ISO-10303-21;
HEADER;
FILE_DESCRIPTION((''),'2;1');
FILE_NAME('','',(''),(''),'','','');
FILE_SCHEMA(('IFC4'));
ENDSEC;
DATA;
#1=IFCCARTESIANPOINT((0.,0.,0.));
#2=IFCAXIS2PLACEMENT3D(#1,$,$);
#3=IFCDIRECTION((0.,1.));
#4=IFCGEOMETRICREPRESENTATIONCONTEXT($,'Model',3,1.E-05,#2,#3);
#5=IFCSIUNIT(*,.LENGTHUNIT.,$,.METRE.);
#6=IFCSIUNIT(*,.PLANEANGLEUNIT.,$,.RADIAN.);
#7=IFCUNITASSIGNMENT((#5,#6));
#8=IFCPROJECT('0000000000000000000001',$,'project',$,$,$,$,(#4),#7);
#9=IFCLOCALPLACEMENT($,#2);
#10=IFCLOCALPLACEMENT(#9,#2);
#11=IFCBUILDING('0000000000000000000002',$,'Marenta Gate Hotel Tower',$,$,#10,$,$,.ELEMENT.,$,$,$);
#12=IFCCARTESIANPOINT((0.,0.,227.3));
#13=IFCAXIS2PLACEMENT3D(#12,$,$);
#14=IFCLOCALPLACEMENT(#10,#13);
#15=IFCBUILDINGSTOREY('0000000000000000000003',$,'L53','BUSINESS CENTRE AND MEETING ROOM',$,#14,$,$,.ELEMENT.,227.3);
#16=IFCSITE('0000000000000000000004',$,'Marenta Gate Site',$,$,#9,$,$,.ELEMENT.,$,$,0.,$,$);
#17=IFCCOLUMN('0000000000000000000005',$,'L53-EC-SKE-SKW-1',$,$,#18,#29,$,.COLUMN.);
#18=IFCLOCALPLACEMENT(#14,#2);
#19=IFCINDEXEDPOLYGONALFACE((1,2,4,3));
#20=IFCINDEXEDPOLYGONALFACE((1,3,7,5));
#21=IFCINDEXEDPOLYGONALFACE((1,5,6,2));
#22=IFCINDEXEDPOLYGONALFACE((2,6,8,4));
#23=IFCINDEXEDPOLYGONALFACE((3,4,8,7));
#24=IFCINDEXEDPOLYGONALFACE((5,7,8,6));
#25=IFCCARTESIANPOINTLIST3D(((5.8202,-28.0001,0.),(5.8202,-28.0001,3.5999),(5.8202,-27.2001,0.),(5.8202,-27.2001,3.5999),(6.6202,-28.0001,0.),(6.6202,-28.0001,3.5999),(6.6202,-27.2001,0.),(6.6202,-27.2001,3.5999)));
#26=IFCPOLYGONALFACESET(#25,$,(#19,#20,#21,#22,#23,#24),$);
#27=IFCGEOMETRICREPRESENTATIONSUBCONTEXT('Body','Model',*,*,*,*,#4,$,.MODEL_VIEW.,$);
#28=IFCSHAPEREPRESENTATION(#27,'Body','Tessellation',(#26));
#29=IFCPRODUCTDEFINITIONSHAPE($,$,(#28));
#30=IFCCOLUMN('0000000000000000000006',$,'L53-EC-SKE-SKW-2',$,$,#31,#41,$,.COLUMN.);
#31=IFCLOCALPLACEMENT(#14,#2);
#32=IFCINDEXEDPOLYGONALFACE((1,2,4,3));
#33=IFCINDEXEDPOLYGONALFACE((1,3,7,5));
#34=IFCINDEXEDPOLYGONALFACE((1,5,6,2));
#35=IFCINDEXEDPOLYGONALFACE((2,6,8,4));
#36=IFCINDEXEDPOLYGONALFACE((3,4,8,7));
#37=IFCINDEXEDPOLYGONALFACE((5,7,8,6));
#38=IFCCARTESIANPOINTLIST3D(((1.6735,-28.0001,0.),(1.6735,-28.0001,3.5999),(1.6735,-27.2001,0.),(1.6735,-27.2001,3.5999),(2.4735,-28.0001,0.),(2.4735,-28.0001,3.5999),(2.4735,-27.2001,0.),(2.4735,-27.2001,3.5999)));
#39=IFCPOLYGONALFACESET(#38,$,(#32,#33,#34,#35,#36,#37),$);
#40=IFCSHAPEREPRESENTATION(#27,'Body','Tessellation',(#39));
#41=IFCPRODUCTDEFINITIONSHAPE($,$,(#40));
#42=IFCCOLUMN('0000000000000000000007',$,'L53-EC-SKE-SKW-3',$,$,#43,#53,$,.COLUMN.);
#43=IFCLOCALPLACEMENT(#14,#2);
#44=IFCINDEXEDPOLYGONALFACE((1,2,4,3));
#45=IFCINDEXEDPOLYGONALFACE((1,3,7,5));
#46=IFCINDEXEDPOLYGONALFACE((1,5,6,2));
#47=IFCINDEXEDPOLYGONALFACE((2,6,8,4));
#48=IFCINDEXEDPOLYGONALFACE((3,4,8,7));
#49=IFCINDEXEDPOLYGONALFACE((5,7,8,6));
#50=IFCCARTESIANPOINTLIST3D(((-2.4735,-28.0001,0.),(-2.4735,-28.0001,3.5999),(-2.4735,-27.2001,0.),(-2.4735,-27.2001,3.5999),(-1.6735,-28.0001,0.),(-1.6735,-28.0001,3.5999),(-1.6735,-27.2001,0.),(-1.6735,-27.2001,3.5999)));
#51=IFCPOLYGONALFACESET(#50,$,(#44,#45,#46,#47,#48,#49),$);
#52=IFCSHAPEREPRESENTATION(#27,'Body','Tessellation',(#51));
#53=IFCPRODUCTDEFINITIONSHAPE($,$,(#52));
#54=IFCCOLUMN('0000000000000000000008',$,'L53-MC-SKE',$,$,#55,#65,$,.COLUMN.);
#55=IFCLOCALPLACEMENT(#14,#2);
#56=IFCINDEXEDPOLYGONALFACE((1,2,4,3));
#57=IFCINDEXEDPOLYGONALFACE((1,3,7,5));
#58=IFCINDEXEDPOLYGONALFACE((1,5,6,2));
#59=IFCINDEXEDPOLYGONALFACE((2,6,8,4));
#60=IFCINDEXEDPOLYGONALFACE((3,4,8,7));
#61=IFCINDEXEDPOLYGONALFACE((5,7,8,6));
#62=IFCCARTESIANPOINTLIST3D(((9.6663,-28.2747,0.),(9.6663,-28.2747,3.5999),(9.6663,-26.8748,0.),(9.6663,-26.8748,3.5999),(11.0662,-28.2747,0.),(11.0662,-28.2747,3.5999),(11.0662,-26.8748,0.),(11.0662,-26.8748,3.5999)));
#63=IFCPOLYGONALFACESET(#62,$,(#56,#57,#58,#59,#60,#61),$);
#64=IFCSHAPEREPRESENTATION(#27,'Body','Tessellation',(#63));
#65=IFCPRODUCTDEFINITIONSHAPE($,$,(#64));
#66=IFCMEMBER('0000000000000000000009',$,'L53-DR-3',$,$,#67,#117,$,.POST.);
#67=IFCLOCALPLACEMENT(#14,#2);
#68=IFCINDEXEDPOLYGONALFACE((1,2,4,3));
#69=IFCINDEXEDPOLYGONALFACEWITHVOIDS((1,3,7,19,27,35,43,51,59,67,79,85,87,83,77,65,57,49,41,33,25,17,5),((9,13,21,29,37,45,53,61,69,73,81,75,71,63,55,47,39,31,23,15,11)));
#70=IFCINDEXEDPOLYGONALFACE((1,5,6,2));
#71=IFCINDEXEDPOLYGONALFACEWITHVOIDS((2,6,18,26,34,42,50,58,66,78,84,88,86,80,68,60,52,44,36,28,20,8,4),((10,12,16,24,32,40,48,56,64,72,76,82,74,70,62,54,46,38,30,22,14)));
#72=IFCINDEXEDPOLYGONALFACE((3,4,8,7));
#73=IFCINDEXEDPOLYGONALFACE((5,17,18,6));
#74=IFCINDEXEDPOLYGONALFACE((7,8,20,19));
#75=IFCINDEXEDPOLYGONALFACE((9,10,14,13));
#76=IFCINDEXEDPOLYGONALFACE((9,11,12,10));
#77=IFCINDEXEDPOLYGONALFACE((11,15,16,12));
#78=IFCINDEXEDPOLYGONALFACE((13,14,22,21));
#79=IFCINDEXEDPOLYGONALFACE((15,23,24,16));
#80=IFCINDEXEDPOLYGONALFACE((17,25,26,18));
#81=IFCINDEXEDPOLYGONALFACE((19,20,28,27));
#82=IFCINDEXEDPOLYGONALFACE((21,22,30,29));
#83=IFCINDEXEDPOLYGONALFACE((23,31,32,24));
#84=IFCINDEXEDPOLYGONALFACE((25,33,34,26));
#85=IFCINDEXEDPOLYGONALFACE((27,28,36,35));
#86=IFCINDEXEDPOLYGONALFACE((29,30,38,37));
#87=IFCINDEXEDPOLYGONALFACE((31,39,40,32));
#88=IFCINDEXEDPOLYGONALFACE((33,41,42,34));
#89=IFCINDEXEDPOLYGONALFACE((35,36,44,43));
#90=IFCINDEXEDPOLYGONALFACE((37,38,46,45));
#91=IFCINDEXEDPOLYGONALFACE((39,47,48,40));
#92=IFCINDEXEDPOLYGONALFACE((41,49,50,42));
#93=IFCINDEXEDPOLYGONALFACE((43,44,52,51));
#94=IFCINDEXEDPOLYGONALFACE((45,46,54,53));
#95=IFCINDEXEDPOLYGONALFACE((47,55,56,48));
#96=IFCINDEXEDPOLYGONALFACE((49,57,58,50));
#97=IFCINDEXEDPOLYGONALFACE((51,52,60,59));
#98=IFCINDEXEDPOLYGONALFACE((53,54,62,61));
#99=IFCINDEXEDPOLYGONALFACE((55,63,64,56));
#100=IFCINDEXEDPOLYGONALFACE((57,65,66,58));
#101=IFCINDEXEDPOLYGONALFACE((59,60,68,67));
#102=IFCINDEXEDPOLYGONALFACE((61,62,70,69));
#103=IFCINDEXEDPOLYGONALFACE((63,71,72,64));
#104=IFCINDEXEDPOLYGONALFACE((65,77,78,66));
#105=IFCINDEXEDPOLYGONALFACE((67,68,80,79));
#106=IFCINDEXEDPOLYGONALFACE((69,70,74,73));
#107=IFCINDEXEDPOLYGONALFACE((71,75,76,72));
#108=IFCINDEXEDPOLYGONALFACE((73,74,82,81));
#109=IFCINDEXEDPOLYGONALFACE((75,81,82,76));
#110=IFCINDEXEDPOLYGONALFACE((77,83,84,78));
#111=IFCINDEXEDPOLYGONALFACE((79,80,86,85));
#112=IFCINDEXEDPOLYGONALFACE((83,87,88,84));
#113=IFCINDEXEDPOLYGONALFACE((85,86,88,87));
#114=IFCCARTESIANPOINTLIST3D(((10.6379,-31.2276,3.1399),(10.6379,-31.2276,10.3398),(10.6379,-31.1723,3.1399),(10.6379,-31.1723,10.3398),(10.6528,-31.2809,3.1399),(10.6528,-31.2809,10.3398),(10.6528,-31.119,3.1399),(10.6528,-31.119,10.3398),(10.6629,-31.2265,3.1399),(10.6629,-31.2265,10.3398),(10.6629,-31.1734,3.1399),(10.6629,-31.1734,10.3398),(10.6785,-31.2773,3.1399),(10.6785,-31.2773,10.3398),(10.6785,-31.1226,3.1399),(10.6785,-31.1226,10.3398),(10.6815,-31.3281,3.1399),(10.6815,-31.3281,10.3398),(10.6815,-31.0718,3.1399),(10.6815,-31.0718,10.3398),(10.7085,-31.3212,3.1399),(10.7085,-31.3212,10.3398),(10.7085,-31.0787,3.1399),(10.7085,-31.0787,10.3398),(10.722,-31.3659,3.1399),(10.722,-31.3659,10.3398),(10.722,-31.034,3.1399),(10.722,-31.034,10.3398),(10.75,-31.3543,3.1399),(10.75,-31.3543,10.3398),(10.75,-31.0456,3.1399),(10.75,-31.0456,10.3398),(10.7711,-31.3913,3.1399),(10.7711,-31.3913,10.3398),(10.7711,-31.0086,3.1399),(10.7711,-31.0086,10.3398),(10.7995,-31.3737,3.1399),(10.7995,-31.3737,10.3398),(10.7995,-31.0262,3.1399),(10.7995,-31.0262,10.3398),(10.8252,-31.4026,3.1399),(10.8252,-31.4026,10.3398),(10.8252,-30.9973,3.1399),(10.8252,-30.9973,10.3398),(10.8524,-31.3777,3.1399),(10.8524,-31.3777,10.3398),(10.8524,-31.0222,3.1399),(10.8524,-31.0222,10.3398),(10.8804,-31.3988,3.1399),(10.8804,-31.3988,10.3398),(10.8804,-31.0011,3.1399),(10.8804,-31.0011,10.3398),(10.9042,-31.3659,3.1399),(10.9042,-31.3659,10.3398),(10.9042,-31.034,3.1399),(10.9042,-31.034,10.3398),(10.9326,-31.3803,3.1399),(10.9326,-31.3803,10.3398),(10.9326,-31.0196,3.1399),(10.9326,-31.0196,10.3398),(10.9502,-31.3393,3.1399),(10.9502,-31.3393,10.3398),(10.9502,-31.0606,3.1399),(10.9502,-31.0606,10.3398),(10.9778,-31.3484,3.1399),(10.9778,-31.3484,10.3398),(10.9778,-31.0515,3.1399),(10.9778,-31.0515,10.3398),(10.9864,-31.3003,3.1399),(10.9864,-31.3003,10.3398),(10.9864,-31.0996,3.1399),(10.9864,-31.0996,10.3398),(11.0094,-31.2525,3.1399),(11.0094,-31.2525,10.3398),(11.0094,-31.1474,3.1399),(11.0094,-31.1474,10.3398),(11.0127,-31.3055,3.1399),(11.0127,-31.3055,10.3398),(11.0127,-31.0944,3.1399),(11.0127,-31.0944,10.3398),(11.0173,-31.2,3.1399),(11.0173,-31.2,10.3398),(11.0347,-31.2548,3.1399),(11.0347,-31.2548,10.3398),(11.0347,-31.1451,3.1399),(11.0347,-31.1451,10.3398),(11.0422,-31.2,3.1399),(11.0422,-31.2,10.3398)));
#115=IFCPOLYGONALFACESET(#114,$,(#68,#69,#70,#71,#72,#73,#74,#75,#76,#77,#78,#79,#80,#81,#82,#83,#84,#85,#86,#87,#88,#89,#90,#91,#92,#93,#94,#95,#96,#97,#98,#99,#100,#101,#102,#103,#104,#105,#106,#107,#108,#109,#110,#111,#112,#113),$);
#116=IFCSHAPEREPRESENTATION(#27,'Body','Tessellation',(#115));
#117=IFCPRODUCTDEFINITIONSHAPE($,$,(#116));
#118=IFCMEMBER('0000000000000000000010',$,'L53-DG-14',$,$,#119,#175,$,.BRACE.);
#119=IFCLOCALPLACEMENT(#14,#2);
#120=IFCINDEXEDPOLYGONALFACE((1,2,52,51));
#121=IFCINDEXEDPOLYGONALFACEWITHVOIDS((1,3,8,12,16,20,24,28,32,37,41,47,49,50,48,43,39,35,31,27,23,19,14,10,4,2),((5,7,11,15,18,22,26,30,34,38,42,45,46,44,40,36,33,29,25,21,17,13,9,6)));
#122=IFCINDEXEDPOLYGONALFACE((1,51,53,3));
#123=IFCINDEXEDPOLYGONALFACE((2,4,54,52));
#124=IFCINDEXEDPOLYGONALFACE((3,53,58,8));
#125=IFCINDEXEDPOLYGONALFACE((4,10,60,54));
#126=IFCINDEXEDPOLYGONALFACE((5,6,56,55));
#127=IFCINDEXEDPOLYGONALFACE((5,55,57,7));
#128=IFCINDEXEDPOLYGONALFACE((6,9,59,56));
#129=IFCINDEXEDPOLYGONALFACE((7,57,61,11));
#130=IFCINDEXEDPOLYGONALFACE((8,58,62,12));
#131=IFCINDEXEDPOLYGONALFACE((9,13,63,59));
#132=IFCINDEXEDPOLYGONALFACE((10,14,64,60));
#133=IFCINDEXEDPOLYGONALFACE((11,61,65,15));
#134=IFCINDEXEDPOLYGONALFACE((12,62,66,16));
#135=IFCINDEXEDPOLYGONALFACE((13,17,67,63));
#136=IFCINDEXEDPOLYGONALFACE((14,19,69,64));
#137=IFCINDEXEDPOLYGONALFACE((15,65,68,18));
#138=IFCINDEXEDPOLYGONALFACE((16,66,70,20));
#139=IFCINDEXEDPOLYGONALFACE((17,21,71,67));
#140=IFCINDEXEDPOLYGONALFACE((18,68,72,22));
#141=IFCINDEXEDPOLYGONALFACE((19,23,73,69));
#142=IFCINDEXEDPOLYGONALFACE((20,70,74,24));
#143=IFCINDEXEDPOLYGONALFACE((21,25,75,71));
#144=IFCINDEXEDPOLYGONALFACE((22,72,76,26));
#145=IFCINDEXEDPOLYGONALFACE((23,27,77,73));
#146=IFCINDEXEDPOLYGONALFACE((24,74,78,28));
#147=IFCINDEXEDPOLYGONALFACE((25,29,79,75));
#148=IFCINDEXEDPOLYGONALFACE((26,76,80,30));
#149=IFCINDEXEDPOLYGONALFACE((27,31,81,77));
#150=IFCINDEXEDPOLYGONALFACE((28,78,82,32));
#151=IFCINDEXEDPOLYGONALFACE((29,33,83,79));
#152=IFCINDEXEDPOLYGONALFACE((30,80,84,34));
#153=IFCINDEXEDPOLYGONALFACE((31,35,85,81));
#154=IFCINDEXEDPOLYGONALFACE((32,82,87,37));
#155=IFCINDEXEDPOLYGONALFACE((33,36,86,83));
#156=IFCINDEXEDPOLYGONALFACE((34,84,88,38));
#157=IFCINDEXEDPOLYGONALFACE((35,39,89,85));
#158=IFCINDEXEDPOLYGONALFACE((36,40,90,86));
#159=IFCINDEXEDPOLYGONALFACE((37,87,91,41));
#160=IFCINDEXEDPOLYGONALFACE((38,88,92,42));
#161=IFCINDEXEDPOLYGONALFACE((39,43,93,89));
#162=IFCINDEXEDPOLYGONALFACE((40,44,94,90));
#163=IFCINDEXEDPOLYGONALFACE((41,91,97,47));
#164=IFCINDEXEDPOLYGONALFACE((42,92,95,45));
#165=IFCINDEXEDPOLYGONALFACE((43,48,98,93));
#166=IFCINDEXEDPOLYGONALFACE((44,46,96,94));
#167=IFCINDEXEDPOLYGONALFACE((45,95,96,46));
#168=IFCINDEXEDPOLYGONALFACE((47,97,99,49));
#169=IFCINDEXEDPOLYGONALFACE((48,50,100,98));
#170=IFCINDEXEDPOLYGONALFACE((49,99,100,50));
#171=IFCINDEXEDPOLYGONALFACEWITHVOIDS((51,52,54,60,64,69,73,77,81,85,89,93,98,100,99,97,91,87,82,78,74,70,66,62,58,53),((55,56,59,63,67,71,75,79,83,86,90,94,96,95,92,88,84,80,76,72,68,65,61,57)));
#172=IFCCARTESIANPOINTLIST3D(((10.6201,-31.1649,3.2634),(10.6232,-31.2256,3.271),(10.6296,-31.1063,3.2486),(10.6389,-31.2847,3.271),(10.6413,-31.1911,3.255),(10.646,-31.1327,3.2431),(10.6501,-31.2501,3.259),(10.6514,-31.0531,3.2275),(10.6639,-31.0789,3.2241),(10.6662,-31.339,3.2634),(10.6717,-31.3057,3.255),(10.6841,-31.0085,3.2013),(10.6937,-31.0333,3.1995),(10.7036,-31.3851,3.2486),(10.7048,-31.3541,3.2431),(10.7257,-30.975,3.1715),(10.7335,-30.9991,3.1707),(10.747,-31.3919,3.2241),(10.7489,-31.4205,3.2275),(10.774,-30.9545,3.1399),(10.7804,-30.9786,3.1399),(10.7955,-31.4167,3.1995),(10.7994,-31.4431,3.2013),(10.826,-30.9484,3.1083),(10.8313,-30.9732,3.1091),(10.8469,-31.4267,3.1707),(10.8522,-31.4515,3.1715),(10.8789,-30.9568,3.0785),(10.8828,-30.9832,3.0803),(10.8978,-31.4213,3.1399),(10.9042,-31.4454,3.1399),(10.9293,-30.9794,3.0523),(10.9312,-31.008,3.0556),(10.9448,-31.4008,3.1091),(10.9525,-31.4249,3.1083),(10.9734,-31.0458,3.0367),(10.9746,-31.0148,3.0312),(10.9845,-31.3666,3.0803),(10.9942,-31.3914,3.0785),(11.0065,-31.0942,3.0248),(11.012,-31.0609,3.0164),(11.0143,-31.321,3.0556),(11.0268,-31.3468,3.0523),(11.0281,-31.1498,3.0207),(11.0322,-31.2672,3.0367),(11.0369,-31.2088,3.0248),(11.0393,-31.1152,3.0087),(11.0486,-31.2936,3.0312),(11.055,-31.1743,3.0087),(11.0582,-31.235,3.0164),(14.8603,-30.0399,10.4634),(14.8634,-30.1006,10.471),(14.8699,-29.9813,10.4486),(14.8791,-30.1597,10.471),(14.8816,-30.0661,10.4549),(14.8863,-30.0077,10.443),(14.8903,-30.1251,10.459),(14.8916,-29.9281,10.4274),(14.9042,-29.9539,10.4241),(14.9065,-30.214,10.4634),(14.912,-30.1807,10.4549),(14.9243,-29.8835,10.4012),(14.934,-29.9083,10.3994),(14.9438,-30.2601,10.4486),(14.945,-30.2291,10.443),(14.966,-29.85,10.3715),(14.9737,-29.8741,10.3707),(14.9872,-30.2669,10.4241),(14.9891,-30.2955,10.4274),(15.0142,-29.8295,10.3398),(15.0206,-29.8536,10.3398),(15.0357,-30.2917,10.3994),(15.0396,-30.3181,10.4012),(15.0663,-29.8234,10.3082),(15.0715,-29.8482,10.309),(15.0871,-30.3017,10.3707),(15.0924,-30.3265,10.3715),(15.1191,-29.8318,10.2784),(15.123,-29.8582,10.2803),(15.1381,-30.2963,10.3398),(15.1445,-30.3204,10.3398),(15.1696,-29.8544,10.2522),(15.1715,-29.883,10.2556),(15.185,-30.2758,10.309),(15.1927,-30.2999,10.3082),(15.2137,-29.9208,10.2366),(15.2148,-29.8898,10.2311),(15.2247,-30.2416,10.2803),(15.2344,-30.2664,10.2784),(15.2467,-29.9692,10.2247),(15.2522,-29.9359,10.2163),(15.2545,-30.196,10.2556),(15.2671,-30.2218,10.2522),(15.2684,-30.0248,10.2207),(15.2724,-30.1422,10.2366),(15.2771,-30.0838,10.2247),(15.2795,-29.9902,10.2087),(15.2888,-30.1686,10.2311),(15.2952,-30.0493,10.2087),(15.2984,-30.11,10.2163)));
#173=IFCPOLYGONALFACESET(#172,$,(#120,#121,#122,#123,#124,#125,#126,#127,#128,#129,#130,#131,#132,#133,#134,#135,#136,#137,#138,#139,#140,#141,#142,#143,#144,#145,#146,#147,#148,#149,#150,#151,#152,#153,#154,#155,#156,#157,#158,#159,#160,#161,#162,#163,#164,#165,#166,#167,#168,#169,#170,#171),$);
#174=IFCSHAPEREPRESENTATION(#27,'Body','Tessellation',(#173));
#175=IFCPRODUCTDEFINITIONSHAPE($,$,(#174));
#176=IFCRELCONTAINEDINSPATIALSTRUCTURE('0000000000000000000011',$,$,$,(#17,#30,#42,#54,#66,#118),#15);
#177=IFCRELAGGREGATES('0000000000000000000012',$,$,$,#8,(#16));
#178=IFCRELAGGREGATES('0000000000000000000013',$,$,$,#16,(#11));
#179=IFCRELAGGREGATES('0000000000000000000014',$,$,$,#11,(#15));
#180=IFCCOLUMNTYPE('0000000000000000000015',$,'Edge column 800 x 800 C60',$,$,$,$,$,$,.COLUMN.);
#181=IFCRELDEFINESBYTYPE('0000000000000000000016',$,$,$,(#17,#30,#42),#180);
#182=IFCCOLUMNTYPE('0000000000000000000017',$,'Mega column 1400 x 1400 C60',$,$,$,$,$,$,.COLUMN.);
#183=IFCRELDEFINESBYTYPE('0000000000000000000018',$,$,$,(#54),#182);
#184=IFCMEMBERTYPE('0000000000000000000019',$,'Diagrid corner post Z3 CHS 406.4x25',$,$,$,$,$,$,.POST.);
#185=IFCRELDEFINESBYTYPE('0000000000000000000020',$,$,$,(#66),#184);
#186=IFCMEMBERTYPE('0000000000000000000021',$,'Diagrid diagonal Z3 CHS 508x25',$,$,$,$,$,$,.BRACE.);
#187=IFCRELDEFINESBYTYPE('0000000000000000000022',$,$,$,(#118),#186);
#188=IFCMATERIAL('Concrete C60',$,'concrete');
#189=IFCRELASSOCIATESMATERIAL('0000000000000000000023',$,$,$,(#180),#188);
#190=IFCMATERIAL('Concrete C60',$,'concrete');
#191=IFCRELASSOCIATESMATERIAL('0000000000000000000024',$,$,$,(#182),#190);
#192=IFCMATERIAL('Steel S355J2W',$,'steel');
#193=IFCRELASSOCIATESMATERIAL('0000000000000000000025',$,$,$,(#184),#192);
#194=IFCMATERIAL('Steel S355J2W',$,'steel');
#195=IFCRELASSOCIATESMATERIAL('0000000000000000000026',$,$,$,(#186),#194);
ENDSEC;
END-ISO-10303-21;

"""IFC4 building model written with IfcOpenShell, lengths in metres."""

from ifc_helpers import new_model, si_unit, direction, frame, origin, origin_2d, place, context, subcontext, project, spatial, rectangle, hollow_circle, extrude, material, material_profile, profile_set, type_object, element, save


model = new_model("IFC4")

# Units and contexts
model_context = context("Model", 3, precision=1e-05, world=origin(), true_north=direction((0.0, 1.0)))
body_context = subcontext(model_context, "Body", "Model", "MODEL_VIEW")
ifc_project = project(units=[si_unit("LENGTHUNIT", "METRE"), si_unit("PLANEANGLEUNIT", "RADIAN")], contexts=[model_context])

# Site, building, storey
site_placement = place(None, origin())
site = spatial("IfcSite", under=ifc_project, at=site_placement, Name="Marenta Gate Site", CompositionType="ELEMENT", RefElevation=0.0)
building_placement = place(site_placement, origin())
building = spatial("IfcBuilding", under=site, at=building_placement, Name="Marenta Gate Hotel Tower", CompositionType="ELEMENT")
storey_placement = place(building_placement, frame((0.0, 0.0, 227.3)))
storey = spatial("IfcBuildingStorey", under=building, at=storey_placement, Name="L53", Description="BUSINESS CENTRE AND MEETING ROOM", CompositionType="ELEMENT", Elevation=227.3)

# Columns
ifc_material_1 = material(Name="Concrete C60", Category="concrete")
ifc_material_profile_1 = material_profile(ifc_material_1, rectangle(XDim=0.8, YDim=0.8, at=origin_2d()), Name="800 x 800")
ifc_profile_set_1 = profile_set([ifc_material_profile_1], Name="Concrete C60")
column_type_1 = type_object("IfcColumnType", Name="Edge column 800 x 800 C60", PredefinedType="COLUMN", material=ifc_profile_set_1)
for number, where, z_axis, x_axis, name in (
    (1, (6.2202, -27.6001, 0.0), (0.0, 0.0, 1.0), (1.0, 0.0, 0.0), "L53-EC-SKE-SKW-1"),
    (2, (2.0735, -27.6001, 0.0), (0.0, 0.0, 1.0), (1.0, 0.0, 0.0), "L53-EC-SKE-SKW-2"),
    (3, (-2.0735, -27.6001, 0.0), (0.0, 0.0, 1.0), (1.0, 0.0, 0.0), "L53-EC-SKE-SKW-3"),
):
    element("IfcColumn", number, at=place(storey_placement, frame(where, z_axis=z_axis, x_axis=x_axis)), inside=storey, type_object=column_type_1, Name=name, PredefinedType="COLUMN", context=body_context, shape_type="SweptSolid", body=[
        extrude(rectangle(XDim=0.8, YDim=0.8, at=origin_2d()), origin(), (0.0, 0.0, 1.0), 3.5999),
    ])
ifc_material_2 = material(Name="Concrete C60", Category="concrete")
ifc_material_profile_2 = material_profile(ifc_material_2, rectangle(XDim=1.3999, YDim=1.3999, at=origin_2d()), Name="1400 x 1400")
ifc_profile_set_2 = profile_set([ifc_material_profile_2], Name="Concrete C60")
column_type_2 = type_object("IfcColumnType", Name="Mega column 1400 x 1400 C60", PredefinedType="COLUMN", material=ifc_profile_set_2)
column_placement = place(storey_placement, frame((10.3662, -27.5747, 0.0), z_axis=(0.0, 0.0, 1.0), x_axis=(1.0, 0.0, 0.0)))
element("IfcColumn", 4, at=column_placement, inside=storey, type_object=column_type_2, Name="L53-MC-SKE", PredefinedType="COLUMN", context=body_context, shape_type="SweptSolid", body=[
    extrude(rectangle(XDim=1.3999, YDim=1.3999, at=origin_2d()), origin(), (0.0, 0.0, 1.0), 3.5999),
])

# Members
ifc_material_3 = material(Name="Steel S355J2W", Category="steel")
ifc_material_profile_3 = material_profile(ifc_material_3, hollow_circle(Radius=0.2031, WallThickness=0.0249, at=origin_2d()), Name="CHS 406.4x25")
ifc_profile_set_3 = profile_set([ifc_material_profile_3], Name="Steel S355J2W")
member_type_1 = type_object("IfcMemberType", Name="Diagrid corner post Z3 CHS 406.4x25", PredefinedType="POST", material=ifc_profile_set_3)
member_1_placement = place(storey_placement, frame((10.8391, -31.2, 3.1399), z_axis=(0.0, 0.0, 1.0), x_axis=(1.0, 0.0, 0.0)))
element("IfcMember", 5, at=member_1_placement, inside=storey, type_object=member_type_1, Name="L53-DR-3", PredefinedType="POST", context=body_context, shape_type="SweptSolid", body=[
    extrude(hollow_circle(Radius=0.2031, WallThickness=0.0249, at=origin_2d()), origin(), (0.0, 0.0, 1.0), 7.2),
])
ifc_material_4 = material(Name="Steel S355J2W", Category="steel")
ifc_material_profile_4 = material_profile(ifc_material_4, hollow_circle(Radius=0.2539, WallThickness=0.0249, at=origin_2d()), Name="CHS 508x25")
ifc_profile_set_4 = profile_set([ifc_material_profile_4], Name="Steel S355J2W")
member_type_2 = type_object("IfcMemberType", Name="Diagrid diagonal Z3 CHS 508x25", PredefinedType="BRACE", material=ifc_profile_set_4)
member_2_placement = place(storey_placement, frame((10.8391, -31.2, 3.1399), z_axis=(0.502924, 0.133434, 0.853969), x_axis=(-0.256443, 0.966559, 0.0)))
element("IfcMember", 6, at=member_2_placement, inside=storey, type_object=member_type_2, Name="L53-DG-14", PredefinedType="BRACE", context=body_context, shape_type="SweptSolid", body=[
    extrude(hollow_circle(Radius=0.2539, WallThickness=0.0249, at=origin_2d()), origin(), (0.0, 0.0, 1.0), 8.4312),
])

save(model, "model.ifc")
